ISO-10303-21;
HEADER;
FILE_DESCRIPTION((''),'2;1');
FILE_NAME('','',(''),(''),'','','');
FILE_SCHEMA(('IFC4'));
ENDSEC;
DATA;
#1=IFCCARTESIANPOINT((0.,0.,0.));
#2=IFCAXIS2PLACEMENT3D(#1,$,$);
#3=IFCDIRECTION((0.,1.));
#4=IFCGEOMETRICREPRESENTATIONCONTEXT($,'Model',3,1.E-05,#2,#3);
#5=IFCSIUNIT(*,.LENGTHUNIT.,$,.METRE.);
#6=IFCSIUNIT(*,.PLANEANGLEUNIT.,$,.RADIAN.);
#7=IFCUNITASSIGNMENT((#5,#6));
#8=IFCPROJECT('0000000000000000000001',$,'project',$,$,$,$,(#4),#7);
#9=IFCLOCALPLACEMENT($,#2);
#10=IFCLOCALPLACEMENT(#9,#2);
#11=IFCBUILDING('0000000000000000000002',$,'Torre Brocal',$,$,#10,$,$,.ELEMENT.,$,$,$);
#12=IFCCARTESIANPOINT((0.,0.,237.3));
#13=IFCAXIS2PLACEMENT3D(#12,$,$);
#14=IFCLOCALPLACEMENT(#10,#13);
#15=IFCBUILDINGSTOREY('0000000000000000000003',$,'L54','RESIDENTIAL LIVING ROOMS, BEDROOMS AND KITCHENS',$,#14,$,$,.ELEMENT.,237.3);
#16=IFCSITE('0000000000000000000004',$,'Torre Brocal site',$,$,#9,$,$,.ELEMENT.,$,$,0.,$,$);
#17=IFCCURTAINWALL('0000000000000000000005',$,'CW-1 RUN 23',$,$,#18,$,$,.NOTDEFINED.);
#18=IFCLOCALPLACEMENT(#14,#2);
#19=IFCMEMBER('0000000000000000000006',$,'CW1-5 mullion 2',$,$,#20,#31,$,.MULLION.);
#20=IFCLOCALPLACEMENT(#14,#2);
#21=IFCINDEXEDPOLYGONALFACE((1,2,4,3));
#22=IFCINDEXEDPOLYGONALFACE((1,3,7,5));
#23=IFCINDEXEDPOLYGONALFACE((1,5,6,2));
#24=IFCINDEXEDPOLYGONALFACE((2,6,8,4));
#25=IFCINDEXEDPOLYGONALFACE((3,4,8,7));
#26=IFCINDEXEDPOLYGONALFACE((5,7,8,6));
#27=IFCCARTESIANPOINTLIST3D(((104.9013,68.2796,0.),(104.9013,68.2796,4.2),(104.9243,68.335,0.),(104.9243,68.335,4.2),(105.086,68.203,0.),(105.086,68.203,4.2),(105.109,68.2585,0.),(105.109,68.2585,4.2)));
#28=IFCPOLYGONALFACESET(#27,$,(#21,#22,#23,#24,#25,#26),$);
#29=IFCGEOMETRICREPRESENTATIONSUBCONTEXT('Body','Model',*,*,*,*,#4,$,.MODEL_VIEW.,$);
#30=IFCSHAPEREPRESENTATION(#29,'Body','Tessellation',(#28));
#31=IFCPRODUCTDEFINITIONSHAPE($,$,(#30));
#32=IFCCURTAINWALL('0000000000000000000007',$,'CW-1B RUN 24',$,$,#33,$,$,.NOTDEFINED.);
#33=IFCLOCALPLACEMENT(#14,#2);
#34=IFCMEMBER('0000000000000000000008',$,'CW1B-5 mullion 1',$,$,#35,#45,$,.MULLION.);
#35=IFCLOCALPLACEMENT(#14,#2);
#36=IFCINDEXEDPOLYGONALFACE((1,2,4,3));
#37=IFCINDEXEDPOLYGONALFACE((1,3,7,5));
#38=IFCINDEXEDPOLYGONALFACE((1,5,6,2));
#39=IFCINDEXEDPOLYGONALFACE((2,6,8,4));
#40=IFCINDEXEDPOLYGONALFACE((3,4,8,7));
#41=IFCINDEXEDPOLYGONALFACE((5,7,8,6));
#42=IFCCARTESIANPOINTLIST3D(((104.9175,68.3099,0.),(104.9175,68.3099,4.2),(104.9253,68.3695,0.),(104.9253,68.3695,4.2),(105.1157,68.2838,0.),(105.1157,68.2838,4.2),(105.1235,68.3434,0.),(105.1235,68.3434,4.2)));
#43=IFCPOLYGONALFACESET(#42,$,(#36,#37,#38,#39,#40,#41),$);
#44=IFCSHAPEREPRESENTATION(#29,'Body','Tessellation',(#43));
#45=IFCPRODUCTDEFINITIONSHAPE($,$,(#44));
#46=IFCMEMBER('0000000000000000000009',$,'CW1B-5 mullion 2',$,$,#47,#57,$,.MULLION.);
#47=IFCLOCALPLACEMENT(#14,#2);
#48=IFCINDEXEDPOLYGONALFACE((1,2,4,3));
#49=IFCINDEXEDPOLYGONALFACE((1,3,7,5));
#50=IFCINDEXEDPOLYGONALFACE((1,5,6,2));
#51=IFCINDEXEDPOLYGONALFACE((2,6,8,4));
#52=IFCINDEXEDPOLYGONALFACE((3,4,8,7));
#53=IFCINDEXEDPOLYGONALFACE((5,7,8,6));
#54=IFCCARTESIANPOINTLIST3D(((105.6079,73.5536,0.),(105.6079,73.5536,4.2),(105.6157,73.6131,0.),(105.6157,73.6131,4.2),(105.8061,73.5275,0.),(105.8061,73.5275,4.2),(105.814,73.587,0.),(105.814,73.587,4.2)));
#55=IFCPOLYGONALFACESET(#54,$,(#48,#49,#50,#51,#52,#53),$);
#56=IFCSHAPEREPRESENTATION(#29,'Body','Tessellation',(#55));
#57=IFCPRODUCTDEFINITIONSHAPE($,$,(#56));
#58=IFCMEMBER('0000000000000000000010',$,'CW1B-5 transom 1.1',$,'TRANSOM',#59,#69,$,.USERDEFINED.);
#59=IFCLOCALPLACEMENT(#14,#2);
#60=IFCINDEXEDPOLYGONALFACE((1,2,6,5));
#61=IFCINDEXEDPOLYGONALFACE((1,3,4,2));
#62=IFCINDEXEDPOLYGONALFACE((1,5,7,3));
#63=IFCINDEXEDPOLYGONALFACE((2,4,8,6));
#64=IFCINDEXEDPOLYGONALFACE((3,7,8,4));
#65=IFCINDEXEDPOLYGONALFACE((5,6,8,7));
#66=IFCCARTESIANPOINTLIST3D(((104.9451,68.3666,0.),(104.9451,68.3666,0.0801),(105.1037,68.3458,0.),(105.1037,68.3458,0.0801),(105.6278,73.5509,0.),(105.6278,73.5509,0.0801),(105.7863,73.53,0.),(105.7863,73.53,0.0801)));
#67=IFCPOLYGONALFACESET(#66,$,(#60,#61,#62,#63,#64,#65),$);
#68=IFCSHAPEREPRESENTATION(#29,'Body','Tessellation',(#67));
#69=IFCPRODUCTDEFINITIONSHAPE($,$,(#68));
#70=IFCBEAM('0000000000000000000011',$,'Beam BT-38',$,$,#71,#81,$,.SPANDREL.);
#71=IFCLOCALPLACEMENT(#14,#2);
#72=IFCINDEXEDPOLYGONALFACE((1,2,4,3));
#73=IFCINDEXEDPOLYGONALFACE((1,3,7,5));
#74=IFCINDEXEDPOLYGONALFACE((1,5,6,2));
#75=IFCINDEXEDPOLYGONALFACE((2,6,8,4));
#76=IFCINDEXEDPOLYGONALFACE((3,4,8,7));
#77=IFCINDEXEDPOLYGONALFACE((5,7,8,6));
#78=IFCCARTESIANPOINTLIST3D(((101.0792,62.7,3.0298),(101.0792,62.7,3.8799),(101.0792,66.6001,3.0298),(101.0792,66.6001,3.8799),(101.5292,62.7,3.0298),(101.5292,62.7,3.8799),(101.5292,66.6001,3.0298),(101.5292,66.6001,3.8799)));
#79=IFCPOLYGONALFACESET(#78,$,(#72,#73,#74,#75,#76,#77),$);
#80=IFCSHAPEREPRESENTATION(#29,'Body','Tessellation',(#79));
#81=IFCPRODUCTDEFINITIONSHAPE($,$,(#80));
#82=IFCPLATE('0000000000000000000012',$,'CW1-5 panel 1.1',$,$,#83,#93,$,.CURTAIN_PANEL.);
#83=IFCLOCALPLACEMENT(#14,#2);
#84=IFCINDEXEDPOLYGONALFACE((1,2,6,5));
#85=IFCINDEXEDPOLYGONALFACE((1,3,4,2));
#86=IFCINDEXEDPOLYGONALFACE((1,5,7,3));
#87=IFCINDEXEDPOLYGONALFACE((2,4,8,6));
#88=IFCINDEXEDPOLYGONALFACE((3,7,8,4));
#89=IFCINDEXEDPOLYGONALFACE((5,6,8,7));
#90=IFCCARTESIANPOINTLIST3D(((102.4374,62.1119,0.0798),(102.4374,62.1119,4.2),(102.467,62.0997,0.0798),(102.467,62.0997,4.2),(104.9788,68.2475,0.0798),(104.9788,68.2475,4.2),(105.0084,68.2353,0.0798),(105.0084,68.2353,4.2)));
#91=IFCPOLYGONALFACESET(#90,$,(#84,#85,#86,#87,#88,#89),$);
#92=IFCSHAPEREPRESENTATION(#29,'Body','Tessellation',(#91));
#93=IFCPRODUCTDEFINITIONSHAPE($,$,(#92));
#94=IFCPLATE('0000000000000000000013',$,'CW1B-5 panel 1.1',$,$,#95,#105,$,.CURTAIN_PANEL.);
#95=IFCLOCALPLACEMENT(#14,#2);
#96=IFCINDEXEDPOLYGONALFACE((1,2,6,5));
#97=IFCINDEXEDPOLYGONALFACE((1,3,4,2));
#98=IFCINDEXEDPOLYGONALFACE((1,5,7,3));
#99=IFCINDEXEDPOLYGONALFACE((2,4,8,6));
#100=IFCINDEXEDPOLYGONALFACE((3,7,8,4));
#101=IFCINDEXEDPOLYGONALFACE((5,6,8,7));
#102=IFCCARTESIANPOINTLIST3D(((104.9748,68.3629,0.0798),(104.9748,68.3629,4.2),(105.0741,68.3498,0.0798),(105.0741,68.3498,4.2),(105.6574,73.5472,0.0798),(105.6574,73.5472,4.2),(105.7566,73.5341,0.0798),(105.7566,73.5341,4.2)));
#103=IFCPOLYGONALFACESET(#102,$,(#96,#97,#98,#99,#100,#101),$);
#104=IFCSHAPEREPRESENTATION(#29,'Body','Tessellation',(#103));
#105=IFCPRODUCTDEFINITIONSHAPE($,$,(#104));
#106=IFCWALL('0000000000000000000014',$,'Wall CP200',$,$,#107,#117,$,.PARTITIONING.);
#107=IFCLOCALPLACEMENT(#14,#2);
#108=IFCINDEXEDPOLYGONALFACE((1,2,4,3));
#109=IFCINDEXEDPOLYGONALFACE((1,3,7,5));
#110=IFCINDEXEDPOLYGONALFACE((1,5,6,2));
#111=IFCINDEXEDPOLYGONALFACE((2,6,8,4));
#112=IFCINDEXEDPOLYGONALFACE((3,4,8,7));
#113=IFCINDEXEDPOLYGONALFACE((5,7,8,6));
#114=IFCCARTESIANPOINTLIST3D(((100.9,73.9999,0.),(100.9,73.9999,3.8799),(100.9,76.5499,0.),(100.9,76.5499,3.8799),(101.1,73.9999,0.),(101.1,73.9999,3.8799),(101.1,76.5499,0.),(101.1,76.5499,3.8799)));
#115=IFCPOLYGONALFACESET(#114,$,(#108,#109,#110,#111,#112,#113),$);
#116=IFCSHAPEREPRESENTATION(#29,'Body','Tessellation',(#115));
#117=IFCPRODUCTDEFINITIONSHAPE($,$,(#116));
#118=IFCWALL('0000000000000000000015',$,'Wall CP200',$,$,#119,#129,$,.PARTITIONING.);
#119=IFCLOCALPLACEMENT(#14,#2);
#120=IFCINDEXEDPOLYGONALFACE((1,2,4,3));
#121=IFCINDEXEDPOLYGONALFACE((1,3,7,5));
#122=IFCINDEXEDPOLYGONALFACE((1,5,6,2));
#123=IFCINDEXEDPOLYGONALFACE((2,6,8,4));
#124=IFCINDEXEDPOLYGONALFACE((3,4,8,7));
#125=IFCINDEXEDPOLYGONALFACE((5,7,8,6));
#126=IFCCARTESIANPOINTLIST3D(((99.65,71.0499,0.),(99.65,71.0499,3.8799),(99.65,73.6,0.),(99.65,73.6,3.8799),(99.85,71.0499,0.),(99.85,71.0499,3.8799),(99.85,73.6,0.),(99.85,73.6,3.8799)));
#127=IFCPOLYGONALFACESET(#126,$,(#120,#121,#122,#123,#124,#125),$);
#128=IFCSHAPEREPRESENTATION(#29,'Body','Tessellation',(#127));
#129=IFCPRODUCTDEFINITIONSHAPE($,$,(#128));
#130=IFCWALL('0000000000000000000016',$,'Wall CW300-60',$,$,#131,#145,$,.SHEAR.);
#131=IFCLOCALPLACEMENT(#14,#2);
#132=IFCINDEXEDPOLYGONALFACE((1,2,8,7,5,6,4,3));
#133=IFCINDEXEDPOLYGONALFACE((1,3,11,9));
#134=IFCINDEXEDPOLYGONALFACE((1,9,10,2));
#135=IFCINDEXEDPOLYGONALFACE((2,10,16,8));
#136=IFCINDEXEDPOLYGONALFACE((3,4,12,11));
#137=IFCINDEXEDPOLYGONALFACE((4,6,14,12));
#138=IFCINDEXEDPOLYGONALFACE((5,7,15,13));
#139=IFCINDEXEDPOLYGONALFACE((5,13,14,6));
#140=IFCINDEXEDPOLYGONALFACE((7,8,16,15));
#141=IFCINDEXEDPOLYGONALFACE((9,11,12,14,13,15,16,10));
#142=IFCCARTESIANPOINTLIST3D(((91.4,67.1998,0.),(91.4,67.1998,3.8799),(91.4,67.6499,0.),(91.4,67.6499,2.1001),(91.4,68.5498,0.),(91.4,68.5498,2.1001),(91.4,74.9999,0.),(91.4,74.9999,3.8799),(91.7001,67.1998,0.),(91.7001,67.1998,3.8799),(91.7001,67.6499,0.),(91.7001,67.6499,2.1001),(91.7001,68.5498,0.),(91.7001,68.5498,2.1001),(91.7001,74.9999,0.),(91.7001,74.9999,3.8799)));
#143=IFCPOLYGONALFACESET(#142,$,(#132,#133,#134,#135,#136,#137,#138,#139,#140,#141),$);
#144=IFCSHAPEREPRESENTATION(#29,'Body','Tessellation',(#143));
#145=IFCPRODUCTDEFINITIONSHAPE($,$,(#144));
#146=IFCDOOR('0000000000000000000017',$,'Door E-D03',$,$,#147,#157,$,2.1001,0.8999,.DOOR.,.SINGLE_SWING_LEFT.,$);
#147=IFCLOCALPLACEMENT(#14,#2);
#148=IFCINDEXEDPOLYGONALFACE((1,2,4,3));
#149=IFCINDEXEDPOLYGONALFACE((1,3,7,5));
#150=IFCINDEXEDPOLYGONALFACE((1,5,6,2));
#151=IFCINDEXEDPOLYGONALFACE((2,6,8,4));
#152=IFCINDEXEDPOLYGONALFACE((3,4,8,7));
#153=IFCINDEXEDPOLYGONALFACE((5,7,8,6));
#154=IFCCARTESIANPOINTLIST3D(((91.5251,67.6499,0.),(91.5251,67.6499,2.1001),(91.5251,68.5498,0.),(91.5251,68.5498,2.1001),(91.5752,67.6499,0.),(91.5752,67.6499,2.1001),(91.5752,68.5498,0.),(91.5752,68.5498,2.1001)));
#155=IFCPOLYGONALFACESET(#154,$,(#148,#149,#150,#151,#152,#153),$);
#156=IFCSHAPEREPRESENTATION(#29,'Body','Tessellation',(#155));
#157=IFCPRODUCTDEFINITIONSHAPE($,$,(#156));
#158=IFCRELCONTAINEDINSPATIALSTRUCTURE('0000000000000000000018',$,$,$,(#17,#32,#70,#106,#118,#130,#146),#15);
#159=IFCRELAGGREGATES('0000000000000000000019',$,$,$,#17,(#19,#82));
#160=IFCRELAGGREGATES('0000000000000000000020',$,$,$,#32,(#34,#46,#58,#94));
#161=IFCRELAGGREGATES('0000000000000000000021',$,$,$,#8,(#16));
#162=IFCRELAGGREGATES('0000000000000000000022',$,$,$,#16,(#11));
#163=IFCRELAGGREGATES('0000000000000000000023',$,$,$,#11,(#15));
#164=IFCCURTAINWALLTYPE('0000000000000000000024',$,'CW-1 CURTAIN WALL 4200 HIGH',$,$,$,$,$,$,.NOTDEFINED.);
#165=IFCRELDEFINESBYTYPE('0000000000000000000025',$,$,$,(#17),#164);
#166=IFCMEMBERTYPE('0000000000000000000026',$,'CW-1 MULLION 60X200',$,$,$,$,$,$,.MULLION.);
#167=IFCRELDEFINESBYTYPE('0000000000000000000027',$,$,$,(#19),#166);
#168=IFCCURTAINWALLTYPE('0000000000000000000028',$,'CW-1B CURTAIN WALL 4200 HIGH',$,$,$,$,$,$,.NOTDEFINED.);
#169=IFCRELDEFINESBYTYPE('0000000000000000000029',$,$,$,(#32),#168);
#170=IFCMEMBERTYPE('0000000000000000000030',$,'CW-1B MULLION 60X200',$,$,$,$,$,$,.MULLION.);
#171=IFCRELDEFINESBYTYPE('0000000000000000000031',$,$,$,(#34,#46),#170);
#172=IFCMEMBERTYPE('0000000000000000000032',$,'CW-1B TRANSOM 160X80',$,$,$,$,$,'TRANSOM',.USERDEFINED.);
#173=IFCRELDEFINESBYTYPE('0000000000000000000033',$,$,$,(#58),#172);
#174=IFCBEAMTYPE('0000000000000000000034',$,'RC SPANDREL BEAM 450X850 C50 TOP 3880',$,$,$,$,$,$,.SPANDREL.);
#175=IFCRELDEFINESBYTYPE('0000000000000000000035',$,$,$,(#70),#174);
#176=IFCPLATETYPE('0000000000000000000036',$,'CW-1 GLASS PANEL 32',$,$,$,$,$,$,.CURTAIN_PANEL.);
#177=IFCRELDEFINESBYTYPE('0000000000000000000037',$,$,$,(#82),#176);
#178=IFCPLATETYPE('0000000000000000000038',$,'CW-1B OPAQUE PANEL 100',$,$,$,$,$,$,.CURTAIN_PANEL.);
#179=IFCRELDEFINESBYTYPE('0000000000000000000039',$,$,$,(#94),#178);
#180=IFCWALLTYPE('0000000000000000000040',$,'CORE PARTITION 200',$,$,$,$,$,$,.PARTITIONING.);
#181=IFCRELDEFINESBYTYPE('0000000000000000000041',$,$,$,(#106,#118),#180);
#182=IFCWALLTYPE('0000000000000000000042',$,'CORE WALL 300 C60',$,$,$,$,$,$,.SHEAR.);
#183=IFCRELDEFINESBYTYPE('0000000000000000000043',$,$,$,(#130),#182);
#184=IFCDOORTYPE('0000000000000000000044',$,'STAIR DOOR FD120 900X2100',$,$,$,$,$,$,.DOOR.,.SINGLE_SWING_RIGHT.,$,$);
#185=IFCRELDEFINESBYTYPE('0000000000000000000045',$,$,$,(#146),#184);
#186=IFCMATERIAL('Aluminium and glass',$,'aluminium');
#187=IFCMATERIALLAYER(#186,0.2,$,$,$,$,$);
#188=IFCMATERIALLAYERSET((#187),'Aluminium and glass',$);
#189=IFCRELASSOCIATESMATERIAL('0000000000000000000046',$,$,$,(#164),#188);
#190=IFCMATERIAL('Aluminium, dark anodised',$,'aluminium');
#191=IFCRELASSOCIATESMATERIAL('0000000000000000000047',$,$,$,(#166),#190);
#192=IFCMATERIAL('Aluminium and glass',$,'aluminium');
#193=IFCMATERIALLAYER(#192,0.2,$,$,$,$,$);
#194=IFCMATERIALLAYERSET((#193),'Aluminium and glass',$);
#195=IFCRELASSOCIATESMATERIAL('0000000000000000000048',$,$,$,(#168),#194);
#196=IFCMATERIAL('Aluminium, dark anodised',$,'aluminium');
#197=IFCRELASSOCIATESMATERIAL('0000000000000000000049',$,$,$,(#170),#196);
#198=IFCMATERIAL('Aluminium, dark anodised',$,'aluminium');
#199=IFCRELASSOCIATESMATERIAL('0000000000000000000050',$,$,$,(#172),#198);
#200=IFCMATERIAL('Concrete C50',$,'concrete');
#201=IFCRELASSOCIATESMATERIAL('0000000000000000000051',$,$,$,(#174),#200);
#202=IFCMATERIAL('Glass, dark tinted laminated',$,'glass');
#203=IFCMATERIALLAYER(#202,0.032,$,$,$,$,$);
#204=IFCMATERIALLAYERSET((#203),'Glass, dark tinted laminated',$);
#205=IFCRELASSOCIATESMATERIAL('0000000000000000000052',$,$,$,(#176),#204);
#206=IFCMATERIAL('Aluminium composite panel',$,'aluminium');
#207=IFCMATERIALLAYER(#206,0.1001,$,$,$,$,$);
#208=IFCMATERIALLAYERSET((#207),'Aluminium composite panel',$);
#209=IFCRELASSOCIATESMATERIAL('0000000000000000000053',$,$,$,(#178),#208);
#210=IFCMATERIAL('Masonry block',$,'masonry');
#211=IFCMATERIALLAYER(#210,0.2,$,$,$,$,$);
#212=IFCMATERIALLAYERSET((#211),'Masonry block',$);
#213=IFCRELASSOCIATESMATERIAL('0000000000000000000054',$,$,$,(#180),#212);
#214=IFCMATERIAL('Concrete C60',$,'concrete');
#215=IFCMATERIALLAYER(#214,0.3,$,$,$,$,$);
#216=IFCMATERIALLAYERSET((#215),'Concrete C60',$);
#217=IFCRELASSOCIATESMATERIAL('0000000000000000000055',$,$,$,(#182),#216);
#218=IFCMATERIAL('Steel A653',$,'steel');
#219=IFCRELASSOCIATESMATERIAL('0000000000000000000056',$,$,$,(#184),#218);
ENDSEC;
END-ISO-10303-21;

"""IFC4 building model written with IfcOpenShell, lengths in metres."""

from ifc_helpers import new_model, si_unit, direction, frame, frame_2d, origin, origin_2d, place, context, subcontext, project, spatial, rectangle, extrude, material, layer, layer_set, material_profile, profile_set, type_object, element, fill, aggregate, save


model = new_model("IFC4")

# Units and contexts
model_context = context("Model", 3, precision=1e-05, world=origin(), true_north=direction((0.0, 1.0)))
body_context = subcontext(model_context, "Body", "Model", "MODEL_VIEW")
ifc_project = project(units=[si_unit("LENGTHUNIT", "METRE"), si_unit("PLANEANGLEUNIT", "RADIAN")], contexts=[model_context])

# Site, building, storey
site_placement = place(None, origin())
site = spatial("IfcSite", under=ifc_project, at=site_placement, Name="Torre Brocal site", CompositionType="ELEMENT", RefElevation=0.0)
building_placement = place(site_placement, origin())
building = spatial("IfcBuilding", under=site, at=building_placement, Name="Torre Brocal", CompositionType="ELEMENT")
storey_placement = place(building_placement, frame((0.0, 0.0, 237.3)))
storey = spatial("IfcBuildingStorey", under=building, at=storey_placement, Name="L54", Description="RESIDENTIAL LIVING ROOMS, BEDROOMS AND KITCHENS", CompositionType="ELEMENT", Elevation=237.3)

# Curtain wall, member
ifc_material_1 = material(Name="Aluminium and glass", Category="aluminium")
ifc_layer_1 = layer(ifc_material_1, 0.2)
ifc_layer_set_1 = layer_set([ifc_layer_1], Name="Aluminium and glass")
curtain_wall_type_1 = type_object("IfcCurtainWallType", Name="CW-1 CURTAIN WALL 4200 HIGH", PredefinedType="NOTDEFINED", material=ifc_layer_set_1)
curtain_wall_1_placement = place(storey_placement, origin())
curtain_wall_1 = element("IfcCurtainWall", 1, at=curtain_wall_1_placement, inside=storey, type_object=curtain_wall_type_1, Name="CW-1 RUN 23", PredefinedType="NOTDEFINED")
ifc_material_2 = material(Name="Aluminium, dark anodised", Category="aluminium")
ifc_material_profile_1 = material_profile(ifc_material_2, rectangle(XDim=0.2, YDim=0.0601, at=origin_2d()), Name="CW-1 MULLION 60X200")
ifc_profile_set_1 = profile_set([ifc_material_profile_1], Name="Aluminium, dark anodised")
member_type_1 = type_object("IfcMemberType", Name="CW-1 MULLION 60X200", PredefinedType="MULLION", material=ifc_profile_set_1)
member_1_placement = place(storey_placement, frame((105.0051, 68.269, 0.0), z_axis=(0.0, 0.0, 1.0), x_axis=(-0.92388, 0.382683, 0.0)))
member_1 = element("IfcMember", 2, at=member_1_placement, type_object=member_type_1, Name="CW1-5 mullion 2", PredefinedType="MULLION", context=body_context, shape_type="SweptSolid", body=[
    extrude(rectangle(XDim=0.2, YDim=0.0601, at=origin_2d()), origin(), (0.0, 0.0, 1.0), 4.2),
])

# Curtain wall, members
ifc_material_3 = material(Name="Aluminium and glass", Category="aluminium")
ifc_layer_2 = layer(ifc_material_3, 0.2)
ifc_layer_set_2 = layer_set([ifc_layer_2], Name="Aluminium and glass")
curtain_wall_type_2 = type_object("IfcCurtainWallType", Name="CW-1B CURTAIN WALL 4200 HIGH", PredefinedType="NOTDEFINED", material=ifc_layer_set_2)
curtain_wall_2_placement = place(storey_placement, origin())
curtain_wall_2 = element("IfcCurtainWall", 3, at=curtain_wall_2_placement, inside=storey, type_object=curtain_wall_type_2, Name="CW-1B RUN 24", PredefinedType="NOTDEFINED")
ifc_material_4 = material(Name="Aluminium, dark anodised", Category="aluminium")
ifc_material_profile_2 = material_profile(ifc_material_4, rectangle(XDim=0.2, YDim=0.0601, at=origin_2d()), Name="CW-1B MULLION 60X200")
ifc_profile_set_2 = profile_set([ifc_material_profile_2], Name="Aluminium, dark anodised")
member_type_2 = type_object("IfcMemberType", Name="CW-1B MULLION 60X200", PredefinedType="MULLION", material=ifc_profile_set_2)
member_2_placement = place(storey_placement, frame((105.0205, 68.3267, 0.0), z_axis=(0.0, 0.0, 1.0), x_axis=(-0.991445, 0.130526, 0.0)))
member_2 = element("IfcMember", 4, at=member_2_placement, type_object=member_type_2, Name="CW1B-5 mullion 1", PredefinedType="MULLION", context=body_context, shape_type="SweptSolid", body=[
    extrude(rectangle(XDim=0.2, YDim=0.0601, at=origin_2d()), origin(), (0.0, 0.0, 1.0), 4.2),
])
member_3_placement = place(storey_placement, frame((105.7109, 73.5703, 0.0), z_axis=(0.0, 0.0, 1.0), x_axis=(-0.991445, 0.130526, 0.0)))
member_3 = element("IfcMember", 5, at=member_3_placement, type_object=member_type_2, Name="CW1B-5 mullion 2", PredefinedType="MULLION", context=body_context, shape_type="SweptSolid", body=[
    extrude(rectangle(XDim=0.2, YDim=0.0601, at=origin_2d()), origin(), (0.0, 0.0, 1.0), 4.2),
])
ifc_material_5 = material(Name="Aluminium, dark anodised", Category="aluminium")
ifc_material_profile_3 = material_profile(ifc_material_5, rectangle(XDim=0.1599, YDim=0.0801, at=origin_2d()), Name="CW-1B TRANSOM 160X80")
ifc_profile_set_3 = profile_set([ifc_material_profile_3], Name="Aluminium, dark anodised")
member_type_3 = type_object("IfcMemberType", Name="CW-1B TRANSOM 160X80", ElementType="TRANSOM", PredefinedType="USERDEFINED", material=ifc_profile_set_3)
member_4_placement = place(storey_placement, frame((105.0244, 68.3562, 0.04), z_axis=(0.130543, 0.991443, 0.0), x_axis=(-0.991443, 0.130543, 0.0)))
member_4 = element("IfcMember", 6, at=member_4_placement, type_object=member_type_3, Name="CW1B-5 transom 1.1", ObjectType="TRANSOM", PredefinedType="USERDEFINED", context=body_context, shape_type="SweptSolid", body=[
    extrude(rectangle(XDim=0.1599, YDim=0.0801, at=origin_2d()), origin(), (0.0, 0.0, 1.0), 5.229),
])

# Beam
ifc_material_6 = material(Name="Concrete C50", Category="concrete")
ifc_material_profile_4 = material_profile(ifc_material_6, rectangle(XDim=0.45, YDim=0.8501, at=origin_2d()), Name="RC 450X850")
ifc_profile_set_4 = profile_set([ifc_material_profile_4], Name="Concrete C50")
beam_type = type_object("IfcBeamType", Name="RC SPANDREL BEAM 450X850 C50 TOP 3880", PredefinedType="SPANDREL", material=ifc_profile_set_4)
beam_placement = place(storey_placement, frame((101.3042, 62.7, 3.4548), z_axis=(0.0, 1.0, 0.0), x_axis=(-1.0, 0.0, 0.0)))
element("IfcBeam", 7, at=beam_placement, inside=storey, type_object=beam_type, Name="Beam BT-38", PredefinedType="SPANDREL", context=body_context, shape_type="SweptSolid", body=[
    extrude(rectangle(XDim=0.45, YDim=0.8501, at=origin_2d()), origin(), (0.0, 0.0, 1.0), 3.9001),
])

# Plates
ifc_material_7 = material(Name="Glass, dark tinted laminated", Category="glass")
ifc_layer_3 = layer(ifc_material_7, 0.032)
ifc_layer_set_3 = layer_set([ifc_layer_3], Name="Glass, dark tinted laminated")
plate_type_1 = type_object("IfcPlateType", Name="CW-1 GLASS PANEL 32", PredefinedType="CURTAIN_PANEL", material=ifc_layer_set_3)
plate_1_placement = place(storey_placement, frame((103.7229, 65.1736, 0.0798), z_axis=(0.0, 0.0, 1.0), x_axis=(0.382683, 0.92388, 0.0)))
plate_1 = element("IfcPlate", 8, at=plate_1_placement, type_object=plate_type_1, Name="CW1-5 panel 1.1", PredefinedType="CURTAIN_PANEL", context=body_context, shape_type="SweptSolid", body=[
    extrude(rectangle(XDim=6.6411, YDim=0.032, at=origin_2d()), origin(), (0.0, 0.0, 1.0), 4.1201),
])
aggregate(curtain_wall_1, [member_1, plate_1])
ifc_material_8 = material(Name="Aluminium composite panel", Category="aluminium")
ifc_layer_4 = layer(ifc_material_8, 0.1001)
ifc_layer_set_4 = layer_set([ifc_layer_4], Name="Aluminium composite panel")
plate_type_2 = type_object("IfcPlateType", Name="CW-1B OPAQUE PANEL 100", PredefinedType="CURTAIN_PANEL", material=ifc_layer_set_4)
plate_2_placement = place(storey_placement, frame((105.3657, 70.9485, 0.0798), z_axis=(0.0, 0.0, 1.0), x_axis=(0.130526, 0.991445, 0.0)))
plate_2 = element("IfcPlate", 9, at=plate_2_placement, type_object=plate_type_2, Name="CW1B-5 panel 1.1", PredefinedType="CURTAIN_PANEL", context=body_context, shape_type="SweptSolid", body=[
    extrude(rectangle(XDim=5.229, YDim=0.1001, at=origin_2d()), origin(), (0.0, 0.0, 1.0), 4.1201),
])
aggregate(curtain_wall_2, [member_2, member_3, member_4, plate_2])

# Walls
ifc_material_9 = material(Name="Masonry block", Category="masonry")
ifc_layer_5 = layer(ifc_material_9, 0.2)
ifc_layer_set_5 = layer_set([ifc_layer_5], Name="Masonry block")
wall_type_1 = type_object("IfcWallType", Name="CORE PARTITION 200", PredefinedType="PARTITIONING", material=ifc_layer_set_5)
for number, where, z_axis, x_axis, name in (
    (10, (101.0, 74.0, 0.0), (0.0, 0.0, 1.0), (0.0, 1.0, 0.0), "Wall CP200"),
    (11, (99.75, 71.05, 0.0), (0.0, 0.0, 1.0), (0.0, 1.0, 0.0), "Wall CP200"),
):
    element("IfcWall", number, at=place(storey_placement, frame(where, z_axis=z_axis, x_axis=x_axis)), inside=storey, type_object=wall_type_1, Name=name, PredefinedType="PARTITIONING", context=body_context, shape_type="SweptSolid", body=[
        extrude(rectangle(XDim=2.55, YDim=0.2, at=frame_2d((1.2749, 0.0))), origin(), (0.0, 0.0, 1.0), 3.8799),
    ])

# Wall, opening, door
ifc_material_10 = material(Name="Concrete C60", Category="concrete")
ifc_layer_6 = layer(ifc_material_10, 0.3)
ifc_layer_set_6 = layer_set([ifc_layer_6], Name="Concrete C60")
wall_type_2 = type_object("IfcWallType", Name="CORE WALL 300 C60", PredefinedType="SHEAR", material=ifc_layer_set_6)
wall_1_placement = place(storey_placement, frame((91.55, 67.2, 0.0), z_axis=(0.0, 0.0, 1.0), x_axis=(0.0, 1.0, 0.0)))
wall_1 = element("IfcWall", 12, at=wall_1_placement, inside=storey, type_object=wall_type_2, Name="Wall CW300-60", PredefinedType="SHEAR", context=body_context, shape_type="SweptSolid", body=[
    extrude(rectangle(XDim=7.8, YDim=0.3, at=frame_2d((3.8999, 0.0))), origin(), (0.0, 0.0, 1.0), 3.8799),
])
opening_1_placement = place(wall_1_placement, frame((0.45, 0.0, 0.0)))
opening_1 = element("IfcOpeningElement", 13, at=opening_1_placement, cuts=wall_1, PredefinedType="OPENING", context=body_context, shape_type="SweptSolid", body=[
    extrude(rectangle(XDim=0.8999, YDim=2.1001, at=frame_2d((0.45, 1.05))), frame((0.0, 0.1599, 0.0), z_axis=(0.0, -1.0, 0.0), x_axis=(1.0, 0.0, 0.0)), (0.0, 0.0, 1.0), 0.3201),
])
ifc_material_11 = material(Name="Steel A653", Category="steel")
door_type_1 = type_object("IfcDoorType", Name="STAIR DOOR FD120 900X2100", OperationType="SINGLE_SWING_RIGHT", PredefinedType="DOOR", material=ifc_material_11)
door_1_placement = place(opening_1_placement, origin())
door_1 = element("IfcDoor", 14, at=door_1_placement, inside=storey, type_object=door_type_1, Name="Door E-D03", OperationType="SINGLE_SWING_LEFT", OverallHeight=2.1001, OverallWidth=0.8999, PredefinedType="DOOR", context=body_context, shape_type="SweptSolid", body=[
    extrude(rectangle(XDim=0.8999, YDim=2.1001, at=frame_2d((0.45, 1.05))), frame((0.0, 0.0249, 0.0), z_axis=(0.0, -1.0, 0.0), x_axis=(1.0, 0.0, 0.0)), (0.0, 0.0, 1.0), 0.05),
])
fill(opening_1, door_1)

save(model, "model.ifc")
